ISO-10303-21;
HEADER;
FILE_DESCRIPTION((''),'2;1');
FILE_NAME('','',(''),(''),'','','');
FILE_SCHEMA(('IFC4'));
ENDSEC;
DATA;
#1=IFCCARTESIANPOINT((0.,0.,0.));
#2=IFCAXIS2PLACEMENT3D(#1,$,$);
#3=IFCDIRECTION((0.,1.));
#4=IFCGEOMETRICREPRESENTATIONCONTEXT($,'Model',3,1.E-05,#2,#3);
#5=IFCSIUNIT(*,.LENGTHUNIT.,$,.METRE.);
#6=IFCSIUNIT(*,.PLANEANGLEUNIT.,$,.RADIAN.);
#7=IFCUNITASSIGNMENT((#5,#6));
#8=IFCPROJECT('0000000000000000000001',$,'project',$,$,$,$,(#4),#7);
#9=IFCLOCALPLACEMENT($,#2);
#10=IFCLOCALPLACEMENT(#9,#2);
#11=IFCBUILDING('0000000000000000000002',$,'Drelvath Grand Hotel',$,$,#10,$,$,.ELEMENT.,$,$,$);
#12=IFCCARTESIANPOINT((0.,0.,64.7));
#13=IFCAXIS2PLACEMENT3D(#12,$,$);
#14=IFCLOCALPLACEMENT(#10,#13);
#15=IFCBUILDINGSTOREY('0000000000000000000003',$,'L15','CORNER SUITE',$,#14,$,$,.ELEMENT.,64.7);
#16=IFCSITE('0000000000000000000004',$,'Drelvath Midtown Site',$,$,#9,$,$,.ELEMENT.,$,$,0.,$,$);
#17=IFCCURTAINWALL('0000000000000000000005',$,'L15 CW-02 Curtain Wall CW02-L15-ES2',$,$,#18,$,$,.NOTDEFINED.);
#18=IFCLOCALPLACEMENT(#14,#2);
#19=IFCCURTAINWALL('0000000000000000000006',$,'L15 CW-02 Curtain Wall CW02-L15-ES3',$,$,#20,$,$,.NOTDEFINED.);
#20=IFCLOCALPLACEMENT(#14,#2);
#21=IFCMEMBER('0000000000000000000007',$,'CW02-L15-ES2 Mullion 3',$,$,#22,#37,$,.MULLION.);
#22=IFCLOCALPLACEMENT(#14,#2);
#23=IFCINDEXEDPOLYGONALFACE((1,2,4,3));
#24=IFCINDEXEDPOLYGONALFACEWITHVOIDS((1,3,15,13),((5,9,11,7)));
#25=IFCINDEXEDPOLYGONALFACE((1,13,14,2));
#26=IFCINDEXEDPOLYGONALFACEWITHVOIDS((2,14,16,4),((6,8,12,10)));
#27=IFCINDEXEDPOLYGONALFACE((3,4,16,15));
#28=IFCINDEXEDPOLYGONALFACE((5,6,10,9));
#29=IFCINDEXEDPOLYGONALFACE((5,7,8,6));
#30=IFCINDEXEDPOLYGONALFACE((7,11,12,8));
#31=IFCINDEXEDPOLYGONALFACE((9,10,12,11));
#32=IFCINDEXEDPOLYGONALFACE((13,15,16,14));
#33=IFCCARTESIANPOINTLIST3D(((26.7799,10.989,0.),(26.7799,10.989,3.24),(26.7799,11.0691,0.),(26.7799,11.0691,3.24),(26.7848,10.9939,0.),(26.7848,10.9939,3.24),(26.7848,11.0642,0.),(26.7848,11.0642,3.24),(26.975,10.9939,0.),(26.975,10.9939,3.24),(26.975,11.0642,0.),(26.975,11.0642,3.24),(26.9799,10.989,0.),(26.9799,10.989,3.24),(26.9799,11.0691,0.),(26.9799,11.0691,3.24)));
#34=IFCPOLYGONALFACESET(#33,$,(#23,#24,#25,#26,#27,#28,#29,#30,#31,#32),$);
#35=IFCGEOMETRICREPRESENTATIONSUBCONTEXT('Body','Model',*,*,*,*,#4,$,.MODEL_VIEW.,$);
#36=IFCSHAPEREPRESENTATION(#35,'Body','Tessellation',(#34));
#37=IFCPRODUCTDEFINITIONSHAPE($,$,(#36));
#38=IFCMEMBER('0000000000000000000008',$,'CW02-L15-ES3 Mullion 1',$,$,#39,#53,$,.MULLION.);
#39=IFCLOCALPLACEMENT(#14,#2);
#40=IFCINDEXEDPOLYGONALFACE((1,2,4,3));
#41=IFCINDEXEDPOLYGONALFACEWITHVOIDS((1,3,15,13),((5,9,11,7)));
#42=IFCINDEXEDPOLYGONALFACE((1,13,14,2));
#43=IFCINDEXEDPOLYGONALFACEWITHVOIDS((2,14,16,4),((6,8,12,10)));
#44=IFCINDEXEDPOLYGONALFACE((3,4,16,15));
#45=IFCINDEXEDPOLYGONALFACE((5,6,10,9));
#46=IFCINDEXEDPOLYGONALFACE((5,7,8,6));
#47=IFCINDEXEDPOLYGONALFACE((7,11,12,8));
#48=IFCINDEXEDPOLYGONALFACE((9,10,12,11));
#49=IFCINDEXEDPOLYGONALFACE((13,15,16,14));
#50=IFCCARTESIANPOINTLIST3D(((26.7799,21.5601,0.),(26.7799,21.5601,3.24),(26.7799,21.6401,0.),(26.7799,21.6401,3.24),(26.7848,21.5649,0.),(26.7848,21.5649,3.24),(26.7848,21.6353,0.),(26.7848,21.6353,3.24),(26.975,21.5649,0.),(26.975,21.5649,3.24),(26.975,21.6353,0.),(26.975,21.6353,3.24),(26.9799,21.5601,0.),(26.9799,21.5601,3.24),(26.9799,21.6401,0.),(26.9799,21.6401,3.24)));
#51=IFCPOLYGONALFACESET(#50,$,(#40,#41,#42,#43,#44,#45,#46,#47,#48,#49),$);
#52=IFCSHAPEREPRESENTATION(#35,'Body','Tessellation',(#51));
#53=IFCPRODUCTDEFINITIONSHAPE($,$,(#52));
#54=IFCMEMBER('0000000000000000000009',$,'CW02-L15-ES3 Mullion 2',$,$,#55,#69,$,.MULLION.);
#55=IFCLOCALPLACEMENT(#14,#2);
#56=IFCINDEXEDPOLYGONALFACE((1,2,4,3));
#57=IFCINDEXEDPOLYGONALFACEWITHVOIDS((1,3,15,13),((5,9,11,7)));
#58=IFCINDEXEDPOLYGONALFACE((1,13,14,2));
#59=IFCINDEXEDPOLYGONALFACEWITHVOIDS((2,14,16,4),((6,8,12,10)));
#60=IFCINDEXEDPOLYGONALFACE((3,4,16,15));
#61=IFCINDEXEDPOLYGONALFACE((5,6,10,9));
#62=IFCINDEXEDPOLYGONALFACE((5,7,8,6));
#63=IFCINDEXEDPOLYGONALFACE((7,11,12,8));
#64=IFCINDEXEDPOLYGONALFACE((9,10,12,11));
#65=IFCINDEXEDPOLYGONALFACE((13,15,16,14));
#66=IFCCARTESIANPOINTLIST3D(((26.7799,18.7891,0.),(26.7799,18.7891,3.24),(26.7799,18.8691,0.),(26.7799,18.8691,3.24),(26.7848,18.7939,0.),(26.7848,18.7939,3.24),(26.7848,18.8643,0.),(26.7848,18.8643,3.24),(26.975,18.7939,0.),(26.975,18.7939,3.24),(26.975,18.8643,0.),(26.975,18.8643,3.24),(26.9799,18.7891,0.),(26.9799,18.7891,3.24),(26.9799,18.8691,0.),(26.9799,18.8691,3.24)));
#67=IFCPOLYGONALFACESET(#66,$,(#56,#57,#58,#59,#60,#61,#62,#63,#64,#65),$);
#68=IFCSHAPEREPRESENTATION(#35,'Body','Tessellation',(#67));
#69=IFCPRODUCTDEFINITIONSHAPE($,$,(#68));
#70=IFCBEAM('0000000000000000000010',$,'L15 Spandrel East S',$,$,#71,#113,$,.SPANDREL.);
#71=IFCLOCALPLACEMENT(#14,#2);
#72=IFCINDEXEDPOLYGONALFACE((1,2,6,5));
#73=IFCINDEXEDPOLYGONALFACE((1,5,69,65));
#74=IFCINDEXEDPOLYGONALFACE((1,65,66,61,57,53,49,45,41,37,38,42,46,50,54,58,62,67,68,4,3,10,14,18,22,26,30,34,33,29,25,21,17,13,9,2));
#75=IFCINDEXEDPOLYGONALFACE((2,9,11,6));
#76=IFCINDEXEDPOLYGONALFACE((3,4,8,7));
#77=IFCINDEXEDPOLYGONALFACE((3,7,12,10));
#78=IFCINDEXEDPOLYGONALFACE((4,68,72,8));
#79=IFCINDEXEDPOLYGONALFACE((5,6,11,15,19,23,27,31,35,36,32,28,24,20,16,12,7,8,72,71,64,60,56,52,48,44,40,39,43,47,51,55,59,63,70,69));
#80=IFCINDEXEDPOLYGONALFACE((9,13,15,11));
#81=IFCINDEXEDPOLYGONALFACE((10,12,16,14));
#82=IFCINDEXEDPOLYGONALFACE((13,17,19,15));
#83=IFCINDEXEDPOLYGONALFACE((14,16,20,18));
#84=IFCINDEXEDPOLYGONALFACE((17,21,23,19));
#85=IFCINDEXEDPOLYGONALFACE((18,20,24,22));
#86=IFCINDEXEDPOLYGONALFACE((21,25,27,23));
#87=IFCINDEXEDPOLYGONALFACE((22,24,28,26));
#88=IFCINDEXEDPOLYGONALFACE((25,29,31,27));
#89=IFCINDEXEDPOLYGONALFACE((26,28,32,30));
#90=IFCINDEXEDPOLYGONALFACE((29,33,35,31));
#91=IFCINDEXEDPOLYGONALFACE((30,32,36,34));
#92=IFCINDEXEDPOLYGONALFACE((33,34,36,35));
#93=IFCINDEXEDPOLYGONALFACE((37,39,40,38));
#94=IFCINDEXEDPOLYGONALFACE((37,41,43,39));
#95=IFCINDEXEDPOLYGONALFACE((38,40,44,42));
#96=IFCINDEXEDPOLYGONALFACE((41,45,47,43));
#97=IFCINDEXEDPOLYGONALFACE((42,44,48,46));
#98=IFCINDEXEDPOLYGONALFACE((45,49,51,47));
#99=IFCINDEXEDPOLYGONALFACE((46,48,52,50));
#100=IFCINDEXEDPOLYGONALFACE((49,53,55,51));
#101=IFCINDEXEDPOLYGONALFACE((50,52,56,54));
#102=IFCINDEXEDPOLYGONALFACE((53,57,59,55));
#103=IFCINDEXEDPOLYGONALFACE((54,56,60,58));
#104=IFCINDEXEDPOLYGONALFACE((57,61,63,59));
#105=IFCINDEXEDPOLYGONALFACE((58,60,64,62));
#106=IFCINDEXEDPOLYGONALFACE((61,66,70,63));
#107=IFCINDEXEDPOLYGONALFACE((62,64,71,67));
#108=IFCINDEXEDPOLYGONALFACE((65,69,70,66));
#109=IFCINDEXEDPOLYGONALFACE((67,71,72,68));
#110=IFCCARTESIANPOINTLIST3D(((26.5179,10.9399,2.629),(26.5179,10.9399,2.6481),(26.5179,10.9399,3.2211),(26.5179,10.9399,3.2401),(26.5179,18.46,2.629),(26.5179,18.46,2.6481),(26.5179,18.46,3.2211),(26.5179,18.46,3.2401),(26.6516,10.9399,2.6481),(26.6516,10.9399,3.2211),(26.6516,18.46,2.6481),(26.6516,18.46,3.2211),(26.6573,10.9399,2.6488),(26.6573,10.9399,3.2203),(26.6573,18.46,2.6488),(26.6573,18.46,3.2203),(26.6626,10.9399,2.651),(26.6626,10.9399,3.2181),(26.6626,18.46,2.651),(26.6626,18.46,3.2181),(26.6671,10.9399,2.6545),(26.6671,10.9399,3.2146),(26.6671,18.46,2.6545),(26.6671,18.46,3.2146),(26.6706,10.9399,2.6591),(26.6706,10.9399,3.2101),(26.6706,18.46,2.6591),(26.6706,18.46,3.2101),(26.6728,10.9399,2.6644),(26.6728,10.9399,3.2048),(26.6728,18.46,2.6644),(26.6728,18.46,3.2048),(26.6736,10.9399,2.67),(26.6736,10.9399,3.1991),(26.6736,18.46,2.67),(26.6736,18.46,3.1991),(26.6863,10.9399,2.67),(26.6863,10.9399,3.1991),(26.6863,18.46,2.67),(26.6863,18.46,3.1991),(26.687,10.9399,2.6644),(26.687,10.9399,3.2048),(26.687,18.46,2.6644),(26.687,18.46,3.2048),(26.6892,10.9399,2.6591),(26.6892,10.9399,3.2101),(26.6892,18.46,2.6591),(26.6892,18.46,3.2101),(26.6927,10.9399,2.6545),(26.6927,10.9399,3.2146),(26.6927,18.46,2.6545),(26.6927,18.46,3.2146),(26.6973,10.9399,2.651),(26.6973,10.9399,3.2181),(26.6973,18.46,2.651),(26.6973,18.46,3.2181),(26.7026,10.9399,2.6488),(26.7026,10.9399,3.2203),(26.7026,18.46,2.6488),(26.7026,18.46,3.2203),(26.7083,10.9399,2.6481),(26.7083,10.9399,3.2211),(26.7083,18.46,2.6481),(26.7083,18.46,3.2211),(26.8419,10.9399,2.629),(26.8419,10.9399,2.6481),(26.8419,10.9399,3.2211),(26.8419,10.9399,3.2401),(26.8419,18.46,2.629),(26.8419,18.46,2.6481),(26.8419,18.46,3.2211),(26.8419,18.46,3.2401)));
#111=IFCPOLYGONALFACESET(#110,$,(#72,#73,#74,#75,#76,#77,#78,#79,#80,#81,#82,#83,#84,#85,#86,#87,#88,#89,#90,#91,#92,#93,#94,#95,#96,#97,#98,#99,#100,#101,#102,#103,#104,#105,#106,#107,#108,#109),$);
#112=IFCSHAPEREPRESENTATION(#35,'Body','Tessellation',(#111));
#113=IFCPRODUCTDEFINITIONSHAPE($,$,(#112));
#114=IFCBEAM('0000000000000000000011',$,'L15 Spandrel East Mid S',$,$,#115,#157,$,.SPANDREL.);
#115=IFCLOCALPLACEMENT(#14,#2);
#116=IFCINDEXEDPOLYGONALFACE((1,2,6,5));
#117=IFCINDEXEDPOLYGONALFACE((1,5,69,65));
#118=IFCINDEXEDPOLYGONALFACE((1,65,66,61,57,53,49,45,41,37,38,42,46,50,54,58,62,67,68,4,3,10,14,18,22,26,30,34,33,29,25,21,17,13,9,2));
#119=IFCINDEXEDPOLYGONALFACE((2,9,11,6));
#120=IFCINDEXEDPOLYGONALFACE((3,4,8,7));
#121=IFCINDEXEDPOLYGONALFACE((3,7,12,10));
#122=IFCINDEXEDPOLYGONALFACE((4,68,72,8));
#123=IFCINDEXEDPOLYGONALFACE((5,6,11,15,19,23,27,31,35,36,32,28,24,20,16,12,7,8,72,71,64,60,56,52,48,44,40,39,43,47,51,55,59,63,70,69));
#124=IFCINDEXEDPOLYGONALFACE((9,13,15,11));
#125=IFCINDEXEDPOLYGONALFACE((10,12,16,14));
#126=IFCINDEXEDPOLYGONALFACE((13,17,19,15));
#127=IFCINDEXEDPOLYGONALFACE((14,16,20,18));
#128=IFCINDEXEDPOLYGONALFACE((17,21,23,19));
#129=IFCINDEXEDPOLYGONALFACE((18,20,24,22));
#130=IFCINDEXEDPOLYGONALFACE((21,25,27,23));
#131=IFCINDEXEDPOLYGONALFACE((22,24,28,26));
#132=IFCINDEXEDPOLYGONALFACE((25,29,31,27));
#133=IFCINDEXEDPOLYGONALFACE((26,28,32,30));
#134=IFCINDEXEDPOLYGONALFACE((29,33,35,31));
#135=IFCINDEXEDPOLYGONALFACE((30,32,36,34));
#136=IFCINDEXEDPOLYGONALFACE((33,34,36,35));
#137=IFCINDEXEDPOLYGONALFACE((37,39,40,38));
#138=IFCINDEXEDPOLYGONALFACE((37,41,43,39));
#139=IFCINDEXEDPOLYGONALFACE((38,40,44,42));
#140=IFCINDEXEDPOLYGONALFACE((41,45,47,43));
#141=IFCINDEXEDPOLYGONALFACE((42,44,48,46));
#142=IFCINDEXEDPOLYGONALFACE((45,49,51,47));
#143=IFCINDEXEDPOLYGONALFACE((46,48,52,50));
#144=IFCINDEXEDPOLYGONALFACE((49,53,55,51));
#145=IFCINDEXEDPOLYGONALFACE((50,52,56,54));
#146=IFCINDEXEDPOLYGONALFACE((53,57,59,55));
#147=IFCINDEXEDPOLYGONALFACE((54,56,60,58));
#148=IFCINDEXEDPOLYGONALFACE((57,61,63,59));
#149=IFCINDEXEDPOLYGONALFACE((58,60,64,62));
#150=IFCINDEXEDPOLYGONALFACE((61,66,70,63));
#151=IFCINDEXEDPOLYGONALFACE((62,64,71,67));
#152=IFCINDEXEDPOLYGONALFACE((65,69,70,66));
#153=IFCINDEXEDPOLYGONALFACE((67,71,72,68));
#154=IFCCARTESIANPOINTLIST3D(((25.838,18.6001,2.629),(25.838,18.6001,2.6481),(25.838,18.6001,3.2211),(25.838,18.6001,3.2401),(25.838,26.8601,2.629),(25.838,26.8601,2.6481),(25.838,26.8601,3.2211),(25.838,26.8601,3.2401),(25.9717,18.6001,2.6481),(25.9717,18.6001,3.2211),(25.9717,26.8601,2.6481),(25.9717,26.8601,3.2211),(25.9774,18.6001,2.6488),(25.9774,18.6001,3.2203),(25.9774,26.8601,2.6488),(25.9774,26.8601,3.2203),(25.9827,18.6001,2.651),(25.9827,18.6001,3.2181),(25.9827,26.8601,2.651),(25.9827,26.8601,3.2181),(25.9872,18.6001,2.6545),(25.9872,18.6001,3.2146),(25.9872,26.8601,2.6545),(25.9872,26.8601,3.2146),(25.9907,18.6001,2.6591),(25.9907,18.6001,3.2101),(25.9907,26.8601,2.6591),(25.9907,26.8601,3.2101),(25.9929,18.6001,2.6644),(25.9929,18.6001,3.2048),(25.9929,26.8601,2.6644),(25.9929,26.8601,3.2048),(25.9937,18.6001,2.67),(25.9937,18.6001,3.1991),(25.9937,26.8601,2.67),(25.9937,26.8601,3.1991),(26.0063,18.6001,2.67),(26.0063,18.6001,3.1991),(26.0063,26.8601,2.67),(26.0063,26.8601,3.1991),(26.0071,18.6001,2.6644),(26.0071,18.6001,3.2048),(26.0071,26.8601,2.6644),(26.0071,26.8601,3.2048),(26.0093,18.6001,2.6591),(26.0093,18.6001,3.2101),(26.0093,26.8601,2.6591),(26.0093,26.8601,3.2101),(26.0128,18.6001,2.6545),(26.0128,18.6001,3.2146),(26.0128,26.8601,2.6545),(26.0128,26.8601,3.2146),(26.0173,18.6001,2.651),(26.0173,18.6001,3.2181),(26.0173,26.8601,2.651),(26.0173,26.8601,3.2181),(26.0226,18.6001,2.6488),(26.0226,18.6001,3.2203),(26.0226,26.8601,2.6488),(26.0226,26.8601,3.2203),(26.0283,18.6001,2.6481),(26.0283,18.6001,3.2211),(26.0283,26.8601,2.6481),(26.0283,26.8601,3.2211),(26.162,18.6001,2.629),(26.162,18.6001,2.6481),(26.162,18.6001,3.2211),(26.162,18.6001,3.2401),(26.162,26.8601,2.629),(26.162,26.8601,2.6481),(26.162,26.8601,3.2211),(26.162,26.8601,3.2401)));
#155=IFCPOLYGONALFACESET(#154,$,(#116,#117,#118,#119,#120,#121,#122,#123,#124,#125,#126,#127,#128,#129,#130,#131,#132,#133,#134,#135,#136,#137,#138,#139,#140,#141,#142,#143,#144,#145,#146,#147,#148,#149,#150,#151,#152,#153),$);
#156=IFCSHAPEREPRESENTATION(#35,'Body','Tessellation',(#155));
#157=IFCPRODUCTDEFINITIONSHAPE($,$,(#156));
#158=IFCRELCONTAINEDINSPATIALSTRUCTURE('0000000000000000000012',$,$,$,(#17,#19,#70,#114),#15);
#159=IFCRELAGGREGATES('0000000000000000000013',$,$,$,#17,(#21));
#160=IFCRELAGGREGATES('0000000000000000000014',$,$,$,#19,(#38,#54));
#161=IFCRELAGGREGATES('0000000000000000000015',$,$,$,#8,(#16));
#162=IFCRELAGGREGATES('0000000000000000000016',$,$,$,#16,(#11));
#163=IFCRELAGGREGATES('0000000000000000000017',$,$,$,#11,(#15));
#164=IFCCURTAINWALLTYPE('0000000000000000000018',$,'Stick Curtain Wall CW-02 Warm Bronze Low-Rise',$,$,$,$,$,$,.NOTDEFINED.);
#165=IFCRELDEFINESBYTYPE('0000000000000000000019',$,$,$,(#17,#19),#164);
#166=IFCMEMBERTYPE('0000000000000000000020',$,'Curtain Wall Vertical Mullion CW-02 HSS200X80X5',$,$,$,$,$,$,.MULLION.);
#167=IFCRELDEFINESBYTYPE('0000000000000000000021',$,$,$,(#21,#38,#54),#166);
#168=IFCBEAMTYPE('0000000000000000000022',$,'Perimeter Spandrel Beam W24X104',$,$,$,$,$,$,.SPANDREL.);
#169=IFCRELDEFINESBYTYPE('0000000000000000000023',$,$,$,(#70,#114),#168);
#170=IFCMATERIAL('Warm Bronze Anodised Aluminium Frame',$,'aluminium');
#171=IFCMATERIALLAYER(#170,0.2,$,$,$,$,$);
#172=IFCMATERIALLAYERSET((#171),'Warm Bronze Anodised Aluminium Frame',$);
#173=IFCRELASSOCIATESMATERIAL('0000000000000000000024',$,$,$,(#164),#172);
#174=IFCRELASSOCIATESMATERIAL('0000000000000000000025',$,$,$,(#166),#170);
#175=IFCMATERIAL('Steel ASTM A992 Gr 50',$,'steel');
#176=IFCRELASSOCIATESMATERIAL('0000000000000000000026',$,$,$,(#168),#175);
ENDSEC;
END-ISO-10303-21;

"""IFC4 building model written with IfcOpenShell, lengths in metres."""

from ifc_helpers import new_model, si_unit, direction, frame, origin, origin_2d, place, context, subcontext, project, spatial, hollow_rectangle, i_section, extrude, material, layer, layer_set, material_profile, profile_set, type_object, element, aggregate, save


model = new_model("IFC4")

# Units and contexts
model_context = context("Model", 3, precision=1e-05, world=origin(), true_north=direction((0.0, 1.0)))
body_context = subcontext(model_context, "Body", "Model", "MODEL_VIEW")
ifc_project = project(units=[si_unit("LENGTHUNIT", "METRE"), si_unit("PLANEANGLEUNIT", "RADIAN")], contexts=[model_context])

# Site, building, storey
site_placement = place(None, origin())
site = spatial("IfcSite", under=ifc_project, at=site_placement, Name="Drelvath Midtown Site", CompositionType="ELEMENT", RefElevation=0.0)
building_placement = place(site_placement, origin())
building = spatial("IfcBuilding", under=site, at=building_placement, Name="Drelvath Grand Hotel", CompositionType="ELEMENT")
storey_placement = place(building_placement, frame((0.0, 0.0, 64.7)))
storey = spatial("IfcBuildingStorey", under=building, at=storey_placement, Name="L15", Description="CORNER SUITE", CompositionType="ELEMENT", Elevation=64.7)

# Curtain walls
ifc_material_1 = material(Name="Warm Bronze Anodised Aluminium Frame", Category="aluminium")
ifc_layer_1 = layer(ifc_material_1, 0.2)
ifc_layer_set_1 = layer_set([ifc_layer_1], Name="Warm Bronze Anodised Aluminium Frame")
curtain_wall_type = type_object("IfcCurtainWallType", Name="Stick Curtain Wall CW-02 Warm Bronze Low-Rise", PredefinedType="NOTDEFINED", material=ifc_layer_set_1)
curtain_wall_1_placement = place(storey_placement, origin())
curtain_wall_1 = element("IfcCurtainWall", 1, at=curtain_wall_1_placement, inside=storey, type_object=curtain_wall_type, Name="L15 CW-02 Curtain Wall CW02-L15-ES2", PredefinedType="NOTDEFINED")
curtain_wall_2_placement = place(storey_placement, origin())
curtain_wall_2 = element("IfcCurtainWall", 2, at=curtain_wall_2_placement, inside=storey, type_object=curtain_wall_type, Name="L15 CW-02 Curtain Wall CW02-L15-ES3", PredefinedType="NOTDEFINED")
ifc_material_profile_1 = material_profile(ifc_material_1, hollow_rectangle(XDim=0.0801, YDim=0.2, WallThickness=0.0049, at=origin_2d()), Name="HSS200X80X5")
ifc_profile_set_1 = profile_set([ifc_material_profile_1], Name="Warm Bronze Anodised Aluminium Frame")
member_type_1 = type_object("IfcMemberType", Name="Curtain Wall Vertical Mullion CW-02 HSS200X80X5", PredefinedType="MULLION", material=ifc_profile_set_1)

# Members
member_1_placement = place(storey_placement, frame((26.8799, 11.0291, 0.0), z_axis=(0.0, 0.0, 1.0), x_axis=(0.0, 1.0, 0.0)))
member_1 = element("IfcMember", 3, at=member_1_placement, type_object=member_type_1, Name="CW02-L15-ES2 Mullion 3", PredefinedType="MULLION", context=body_context, shape_type="SweptSolid", body=[
    extrude(hollow_rectangle(XDim=0.0801, YDim=0.2, WallThickness=0.0049, at=origin_2d()), origin(), (0.0, 0.0, 1.0), 3.24),
])
member_2_placement = place(storey_placement, frame((26.8799, 21.6001, 0.0), z_axis=(0.0, 0.0, 1.0), x_axis=(0.0, 1.0, 0.0)))
member_2 = element("IfcMember", 4, at=member_2_placement, type_object=member_type_1, Name="CW02-L15-ES3 Mullion 1", PredefinedType="MULLION", context=body_context, shape_type="SweptSolid", body=[
    extrude(hollow_rectangle(XDim=0.0801, YDim=0.2, WallThickness=0.0049, at=origin_2d()), origin(), (0.0, 0.0, 1.0), 3.24),
])
member_3_placement = place(storey_placement, frame((26.8799, 18.8291, 0.0), z_axis=(0.0, 0.0, 1.0), x_axis=(0.0, 1.0, 0.0)))
member_3 = element("IfcMember", 5, at=member_3_placement, type_object=member_type_1, Name="CW02-L15-ES3 Mullion 2", PredefinedType="MULLION", context=body_context, shape_type="SweptSolid", body=[
    extrude(hollow_rectangle(XDim=0.0801, YDim=0.2, WallThickness=0.0049, at=origin_2d()), origin(), (0.0, 0.0, 1.0), 3.24),
])

# Beams
ifc_material_2 = material(Name="Steel ASTM A992 Gr 50", Category="steel")
ifc_material_profile_2 = material_profile(ifc_material_2, i_section(OverallWidth=0.324, OverallDepth=0.6111, WebThickness=0.0127, FlangeThickness=0.019, FilletRadius=0.022, at=origin_2d()), Name="W24X104")
ifc_profile_set_2 = profile_set([ifc_material_profile_2], Name="Steel ASTM A992 Gr 50")
beam_type_1 = type_object("IfcBeamType", Name="Perimeter Spandrel Beam W24X104", PredefinedType="SPANDREL", material=ifc_profile_set_2)
beam_1_placement = place(storey_placement, frame((26.6799, 10.9399, 2.9346), z_axis=(0.0, 1.0, 0.0), x_axis=(-1.0, 0.0, 0.0)))
element("IfcBeam", 6, at=beam_1_placement, inside=storey, type_object=beam_type_1, Name="L15 Spandrel East S", PredefinedType="SPANDREL", context=body_context, shape_type="SweptSolid", body=[
    extrude(i_section(OverallWidth=0.324, OverallDepth=0.6111, WebThickness=0.0127, FlangeThickness=0.019, FilletRadius=0.022, at=origin_2d()), origin(), (0.0, 0.0, 1.0), 7.52),
])
beam_2_placement = place(storey_placement, frame((26.0, 18.6001, 2.9346), z_axis=(0.0, 1.0, 0.0), x_axis=(-1.0, 0.0, 0.0)))
element("IfcBeam", 7, at=beam_2_placement, inside=storey, type_object=beam_type_1, Name="L15 Spandrel East Mid S", PredefinedType="SPANDREL", context=body_context, shape_type="SweptSolid", body=[
    extrude(i_section(OverallWidth=0.324, OverallDepth=0.6111, WebThickness=0.0127, FlangeThickness=0.019, FilletRadius=0.022, at=origin_2d()), origin(), (0.0, 0.0, 1.0), 8.26),
])

aggregate(curtain_wall_1, [member_1])
aggregate(curtain_wall_2, [member_2, member_3])

save(model, "model.ifc")
